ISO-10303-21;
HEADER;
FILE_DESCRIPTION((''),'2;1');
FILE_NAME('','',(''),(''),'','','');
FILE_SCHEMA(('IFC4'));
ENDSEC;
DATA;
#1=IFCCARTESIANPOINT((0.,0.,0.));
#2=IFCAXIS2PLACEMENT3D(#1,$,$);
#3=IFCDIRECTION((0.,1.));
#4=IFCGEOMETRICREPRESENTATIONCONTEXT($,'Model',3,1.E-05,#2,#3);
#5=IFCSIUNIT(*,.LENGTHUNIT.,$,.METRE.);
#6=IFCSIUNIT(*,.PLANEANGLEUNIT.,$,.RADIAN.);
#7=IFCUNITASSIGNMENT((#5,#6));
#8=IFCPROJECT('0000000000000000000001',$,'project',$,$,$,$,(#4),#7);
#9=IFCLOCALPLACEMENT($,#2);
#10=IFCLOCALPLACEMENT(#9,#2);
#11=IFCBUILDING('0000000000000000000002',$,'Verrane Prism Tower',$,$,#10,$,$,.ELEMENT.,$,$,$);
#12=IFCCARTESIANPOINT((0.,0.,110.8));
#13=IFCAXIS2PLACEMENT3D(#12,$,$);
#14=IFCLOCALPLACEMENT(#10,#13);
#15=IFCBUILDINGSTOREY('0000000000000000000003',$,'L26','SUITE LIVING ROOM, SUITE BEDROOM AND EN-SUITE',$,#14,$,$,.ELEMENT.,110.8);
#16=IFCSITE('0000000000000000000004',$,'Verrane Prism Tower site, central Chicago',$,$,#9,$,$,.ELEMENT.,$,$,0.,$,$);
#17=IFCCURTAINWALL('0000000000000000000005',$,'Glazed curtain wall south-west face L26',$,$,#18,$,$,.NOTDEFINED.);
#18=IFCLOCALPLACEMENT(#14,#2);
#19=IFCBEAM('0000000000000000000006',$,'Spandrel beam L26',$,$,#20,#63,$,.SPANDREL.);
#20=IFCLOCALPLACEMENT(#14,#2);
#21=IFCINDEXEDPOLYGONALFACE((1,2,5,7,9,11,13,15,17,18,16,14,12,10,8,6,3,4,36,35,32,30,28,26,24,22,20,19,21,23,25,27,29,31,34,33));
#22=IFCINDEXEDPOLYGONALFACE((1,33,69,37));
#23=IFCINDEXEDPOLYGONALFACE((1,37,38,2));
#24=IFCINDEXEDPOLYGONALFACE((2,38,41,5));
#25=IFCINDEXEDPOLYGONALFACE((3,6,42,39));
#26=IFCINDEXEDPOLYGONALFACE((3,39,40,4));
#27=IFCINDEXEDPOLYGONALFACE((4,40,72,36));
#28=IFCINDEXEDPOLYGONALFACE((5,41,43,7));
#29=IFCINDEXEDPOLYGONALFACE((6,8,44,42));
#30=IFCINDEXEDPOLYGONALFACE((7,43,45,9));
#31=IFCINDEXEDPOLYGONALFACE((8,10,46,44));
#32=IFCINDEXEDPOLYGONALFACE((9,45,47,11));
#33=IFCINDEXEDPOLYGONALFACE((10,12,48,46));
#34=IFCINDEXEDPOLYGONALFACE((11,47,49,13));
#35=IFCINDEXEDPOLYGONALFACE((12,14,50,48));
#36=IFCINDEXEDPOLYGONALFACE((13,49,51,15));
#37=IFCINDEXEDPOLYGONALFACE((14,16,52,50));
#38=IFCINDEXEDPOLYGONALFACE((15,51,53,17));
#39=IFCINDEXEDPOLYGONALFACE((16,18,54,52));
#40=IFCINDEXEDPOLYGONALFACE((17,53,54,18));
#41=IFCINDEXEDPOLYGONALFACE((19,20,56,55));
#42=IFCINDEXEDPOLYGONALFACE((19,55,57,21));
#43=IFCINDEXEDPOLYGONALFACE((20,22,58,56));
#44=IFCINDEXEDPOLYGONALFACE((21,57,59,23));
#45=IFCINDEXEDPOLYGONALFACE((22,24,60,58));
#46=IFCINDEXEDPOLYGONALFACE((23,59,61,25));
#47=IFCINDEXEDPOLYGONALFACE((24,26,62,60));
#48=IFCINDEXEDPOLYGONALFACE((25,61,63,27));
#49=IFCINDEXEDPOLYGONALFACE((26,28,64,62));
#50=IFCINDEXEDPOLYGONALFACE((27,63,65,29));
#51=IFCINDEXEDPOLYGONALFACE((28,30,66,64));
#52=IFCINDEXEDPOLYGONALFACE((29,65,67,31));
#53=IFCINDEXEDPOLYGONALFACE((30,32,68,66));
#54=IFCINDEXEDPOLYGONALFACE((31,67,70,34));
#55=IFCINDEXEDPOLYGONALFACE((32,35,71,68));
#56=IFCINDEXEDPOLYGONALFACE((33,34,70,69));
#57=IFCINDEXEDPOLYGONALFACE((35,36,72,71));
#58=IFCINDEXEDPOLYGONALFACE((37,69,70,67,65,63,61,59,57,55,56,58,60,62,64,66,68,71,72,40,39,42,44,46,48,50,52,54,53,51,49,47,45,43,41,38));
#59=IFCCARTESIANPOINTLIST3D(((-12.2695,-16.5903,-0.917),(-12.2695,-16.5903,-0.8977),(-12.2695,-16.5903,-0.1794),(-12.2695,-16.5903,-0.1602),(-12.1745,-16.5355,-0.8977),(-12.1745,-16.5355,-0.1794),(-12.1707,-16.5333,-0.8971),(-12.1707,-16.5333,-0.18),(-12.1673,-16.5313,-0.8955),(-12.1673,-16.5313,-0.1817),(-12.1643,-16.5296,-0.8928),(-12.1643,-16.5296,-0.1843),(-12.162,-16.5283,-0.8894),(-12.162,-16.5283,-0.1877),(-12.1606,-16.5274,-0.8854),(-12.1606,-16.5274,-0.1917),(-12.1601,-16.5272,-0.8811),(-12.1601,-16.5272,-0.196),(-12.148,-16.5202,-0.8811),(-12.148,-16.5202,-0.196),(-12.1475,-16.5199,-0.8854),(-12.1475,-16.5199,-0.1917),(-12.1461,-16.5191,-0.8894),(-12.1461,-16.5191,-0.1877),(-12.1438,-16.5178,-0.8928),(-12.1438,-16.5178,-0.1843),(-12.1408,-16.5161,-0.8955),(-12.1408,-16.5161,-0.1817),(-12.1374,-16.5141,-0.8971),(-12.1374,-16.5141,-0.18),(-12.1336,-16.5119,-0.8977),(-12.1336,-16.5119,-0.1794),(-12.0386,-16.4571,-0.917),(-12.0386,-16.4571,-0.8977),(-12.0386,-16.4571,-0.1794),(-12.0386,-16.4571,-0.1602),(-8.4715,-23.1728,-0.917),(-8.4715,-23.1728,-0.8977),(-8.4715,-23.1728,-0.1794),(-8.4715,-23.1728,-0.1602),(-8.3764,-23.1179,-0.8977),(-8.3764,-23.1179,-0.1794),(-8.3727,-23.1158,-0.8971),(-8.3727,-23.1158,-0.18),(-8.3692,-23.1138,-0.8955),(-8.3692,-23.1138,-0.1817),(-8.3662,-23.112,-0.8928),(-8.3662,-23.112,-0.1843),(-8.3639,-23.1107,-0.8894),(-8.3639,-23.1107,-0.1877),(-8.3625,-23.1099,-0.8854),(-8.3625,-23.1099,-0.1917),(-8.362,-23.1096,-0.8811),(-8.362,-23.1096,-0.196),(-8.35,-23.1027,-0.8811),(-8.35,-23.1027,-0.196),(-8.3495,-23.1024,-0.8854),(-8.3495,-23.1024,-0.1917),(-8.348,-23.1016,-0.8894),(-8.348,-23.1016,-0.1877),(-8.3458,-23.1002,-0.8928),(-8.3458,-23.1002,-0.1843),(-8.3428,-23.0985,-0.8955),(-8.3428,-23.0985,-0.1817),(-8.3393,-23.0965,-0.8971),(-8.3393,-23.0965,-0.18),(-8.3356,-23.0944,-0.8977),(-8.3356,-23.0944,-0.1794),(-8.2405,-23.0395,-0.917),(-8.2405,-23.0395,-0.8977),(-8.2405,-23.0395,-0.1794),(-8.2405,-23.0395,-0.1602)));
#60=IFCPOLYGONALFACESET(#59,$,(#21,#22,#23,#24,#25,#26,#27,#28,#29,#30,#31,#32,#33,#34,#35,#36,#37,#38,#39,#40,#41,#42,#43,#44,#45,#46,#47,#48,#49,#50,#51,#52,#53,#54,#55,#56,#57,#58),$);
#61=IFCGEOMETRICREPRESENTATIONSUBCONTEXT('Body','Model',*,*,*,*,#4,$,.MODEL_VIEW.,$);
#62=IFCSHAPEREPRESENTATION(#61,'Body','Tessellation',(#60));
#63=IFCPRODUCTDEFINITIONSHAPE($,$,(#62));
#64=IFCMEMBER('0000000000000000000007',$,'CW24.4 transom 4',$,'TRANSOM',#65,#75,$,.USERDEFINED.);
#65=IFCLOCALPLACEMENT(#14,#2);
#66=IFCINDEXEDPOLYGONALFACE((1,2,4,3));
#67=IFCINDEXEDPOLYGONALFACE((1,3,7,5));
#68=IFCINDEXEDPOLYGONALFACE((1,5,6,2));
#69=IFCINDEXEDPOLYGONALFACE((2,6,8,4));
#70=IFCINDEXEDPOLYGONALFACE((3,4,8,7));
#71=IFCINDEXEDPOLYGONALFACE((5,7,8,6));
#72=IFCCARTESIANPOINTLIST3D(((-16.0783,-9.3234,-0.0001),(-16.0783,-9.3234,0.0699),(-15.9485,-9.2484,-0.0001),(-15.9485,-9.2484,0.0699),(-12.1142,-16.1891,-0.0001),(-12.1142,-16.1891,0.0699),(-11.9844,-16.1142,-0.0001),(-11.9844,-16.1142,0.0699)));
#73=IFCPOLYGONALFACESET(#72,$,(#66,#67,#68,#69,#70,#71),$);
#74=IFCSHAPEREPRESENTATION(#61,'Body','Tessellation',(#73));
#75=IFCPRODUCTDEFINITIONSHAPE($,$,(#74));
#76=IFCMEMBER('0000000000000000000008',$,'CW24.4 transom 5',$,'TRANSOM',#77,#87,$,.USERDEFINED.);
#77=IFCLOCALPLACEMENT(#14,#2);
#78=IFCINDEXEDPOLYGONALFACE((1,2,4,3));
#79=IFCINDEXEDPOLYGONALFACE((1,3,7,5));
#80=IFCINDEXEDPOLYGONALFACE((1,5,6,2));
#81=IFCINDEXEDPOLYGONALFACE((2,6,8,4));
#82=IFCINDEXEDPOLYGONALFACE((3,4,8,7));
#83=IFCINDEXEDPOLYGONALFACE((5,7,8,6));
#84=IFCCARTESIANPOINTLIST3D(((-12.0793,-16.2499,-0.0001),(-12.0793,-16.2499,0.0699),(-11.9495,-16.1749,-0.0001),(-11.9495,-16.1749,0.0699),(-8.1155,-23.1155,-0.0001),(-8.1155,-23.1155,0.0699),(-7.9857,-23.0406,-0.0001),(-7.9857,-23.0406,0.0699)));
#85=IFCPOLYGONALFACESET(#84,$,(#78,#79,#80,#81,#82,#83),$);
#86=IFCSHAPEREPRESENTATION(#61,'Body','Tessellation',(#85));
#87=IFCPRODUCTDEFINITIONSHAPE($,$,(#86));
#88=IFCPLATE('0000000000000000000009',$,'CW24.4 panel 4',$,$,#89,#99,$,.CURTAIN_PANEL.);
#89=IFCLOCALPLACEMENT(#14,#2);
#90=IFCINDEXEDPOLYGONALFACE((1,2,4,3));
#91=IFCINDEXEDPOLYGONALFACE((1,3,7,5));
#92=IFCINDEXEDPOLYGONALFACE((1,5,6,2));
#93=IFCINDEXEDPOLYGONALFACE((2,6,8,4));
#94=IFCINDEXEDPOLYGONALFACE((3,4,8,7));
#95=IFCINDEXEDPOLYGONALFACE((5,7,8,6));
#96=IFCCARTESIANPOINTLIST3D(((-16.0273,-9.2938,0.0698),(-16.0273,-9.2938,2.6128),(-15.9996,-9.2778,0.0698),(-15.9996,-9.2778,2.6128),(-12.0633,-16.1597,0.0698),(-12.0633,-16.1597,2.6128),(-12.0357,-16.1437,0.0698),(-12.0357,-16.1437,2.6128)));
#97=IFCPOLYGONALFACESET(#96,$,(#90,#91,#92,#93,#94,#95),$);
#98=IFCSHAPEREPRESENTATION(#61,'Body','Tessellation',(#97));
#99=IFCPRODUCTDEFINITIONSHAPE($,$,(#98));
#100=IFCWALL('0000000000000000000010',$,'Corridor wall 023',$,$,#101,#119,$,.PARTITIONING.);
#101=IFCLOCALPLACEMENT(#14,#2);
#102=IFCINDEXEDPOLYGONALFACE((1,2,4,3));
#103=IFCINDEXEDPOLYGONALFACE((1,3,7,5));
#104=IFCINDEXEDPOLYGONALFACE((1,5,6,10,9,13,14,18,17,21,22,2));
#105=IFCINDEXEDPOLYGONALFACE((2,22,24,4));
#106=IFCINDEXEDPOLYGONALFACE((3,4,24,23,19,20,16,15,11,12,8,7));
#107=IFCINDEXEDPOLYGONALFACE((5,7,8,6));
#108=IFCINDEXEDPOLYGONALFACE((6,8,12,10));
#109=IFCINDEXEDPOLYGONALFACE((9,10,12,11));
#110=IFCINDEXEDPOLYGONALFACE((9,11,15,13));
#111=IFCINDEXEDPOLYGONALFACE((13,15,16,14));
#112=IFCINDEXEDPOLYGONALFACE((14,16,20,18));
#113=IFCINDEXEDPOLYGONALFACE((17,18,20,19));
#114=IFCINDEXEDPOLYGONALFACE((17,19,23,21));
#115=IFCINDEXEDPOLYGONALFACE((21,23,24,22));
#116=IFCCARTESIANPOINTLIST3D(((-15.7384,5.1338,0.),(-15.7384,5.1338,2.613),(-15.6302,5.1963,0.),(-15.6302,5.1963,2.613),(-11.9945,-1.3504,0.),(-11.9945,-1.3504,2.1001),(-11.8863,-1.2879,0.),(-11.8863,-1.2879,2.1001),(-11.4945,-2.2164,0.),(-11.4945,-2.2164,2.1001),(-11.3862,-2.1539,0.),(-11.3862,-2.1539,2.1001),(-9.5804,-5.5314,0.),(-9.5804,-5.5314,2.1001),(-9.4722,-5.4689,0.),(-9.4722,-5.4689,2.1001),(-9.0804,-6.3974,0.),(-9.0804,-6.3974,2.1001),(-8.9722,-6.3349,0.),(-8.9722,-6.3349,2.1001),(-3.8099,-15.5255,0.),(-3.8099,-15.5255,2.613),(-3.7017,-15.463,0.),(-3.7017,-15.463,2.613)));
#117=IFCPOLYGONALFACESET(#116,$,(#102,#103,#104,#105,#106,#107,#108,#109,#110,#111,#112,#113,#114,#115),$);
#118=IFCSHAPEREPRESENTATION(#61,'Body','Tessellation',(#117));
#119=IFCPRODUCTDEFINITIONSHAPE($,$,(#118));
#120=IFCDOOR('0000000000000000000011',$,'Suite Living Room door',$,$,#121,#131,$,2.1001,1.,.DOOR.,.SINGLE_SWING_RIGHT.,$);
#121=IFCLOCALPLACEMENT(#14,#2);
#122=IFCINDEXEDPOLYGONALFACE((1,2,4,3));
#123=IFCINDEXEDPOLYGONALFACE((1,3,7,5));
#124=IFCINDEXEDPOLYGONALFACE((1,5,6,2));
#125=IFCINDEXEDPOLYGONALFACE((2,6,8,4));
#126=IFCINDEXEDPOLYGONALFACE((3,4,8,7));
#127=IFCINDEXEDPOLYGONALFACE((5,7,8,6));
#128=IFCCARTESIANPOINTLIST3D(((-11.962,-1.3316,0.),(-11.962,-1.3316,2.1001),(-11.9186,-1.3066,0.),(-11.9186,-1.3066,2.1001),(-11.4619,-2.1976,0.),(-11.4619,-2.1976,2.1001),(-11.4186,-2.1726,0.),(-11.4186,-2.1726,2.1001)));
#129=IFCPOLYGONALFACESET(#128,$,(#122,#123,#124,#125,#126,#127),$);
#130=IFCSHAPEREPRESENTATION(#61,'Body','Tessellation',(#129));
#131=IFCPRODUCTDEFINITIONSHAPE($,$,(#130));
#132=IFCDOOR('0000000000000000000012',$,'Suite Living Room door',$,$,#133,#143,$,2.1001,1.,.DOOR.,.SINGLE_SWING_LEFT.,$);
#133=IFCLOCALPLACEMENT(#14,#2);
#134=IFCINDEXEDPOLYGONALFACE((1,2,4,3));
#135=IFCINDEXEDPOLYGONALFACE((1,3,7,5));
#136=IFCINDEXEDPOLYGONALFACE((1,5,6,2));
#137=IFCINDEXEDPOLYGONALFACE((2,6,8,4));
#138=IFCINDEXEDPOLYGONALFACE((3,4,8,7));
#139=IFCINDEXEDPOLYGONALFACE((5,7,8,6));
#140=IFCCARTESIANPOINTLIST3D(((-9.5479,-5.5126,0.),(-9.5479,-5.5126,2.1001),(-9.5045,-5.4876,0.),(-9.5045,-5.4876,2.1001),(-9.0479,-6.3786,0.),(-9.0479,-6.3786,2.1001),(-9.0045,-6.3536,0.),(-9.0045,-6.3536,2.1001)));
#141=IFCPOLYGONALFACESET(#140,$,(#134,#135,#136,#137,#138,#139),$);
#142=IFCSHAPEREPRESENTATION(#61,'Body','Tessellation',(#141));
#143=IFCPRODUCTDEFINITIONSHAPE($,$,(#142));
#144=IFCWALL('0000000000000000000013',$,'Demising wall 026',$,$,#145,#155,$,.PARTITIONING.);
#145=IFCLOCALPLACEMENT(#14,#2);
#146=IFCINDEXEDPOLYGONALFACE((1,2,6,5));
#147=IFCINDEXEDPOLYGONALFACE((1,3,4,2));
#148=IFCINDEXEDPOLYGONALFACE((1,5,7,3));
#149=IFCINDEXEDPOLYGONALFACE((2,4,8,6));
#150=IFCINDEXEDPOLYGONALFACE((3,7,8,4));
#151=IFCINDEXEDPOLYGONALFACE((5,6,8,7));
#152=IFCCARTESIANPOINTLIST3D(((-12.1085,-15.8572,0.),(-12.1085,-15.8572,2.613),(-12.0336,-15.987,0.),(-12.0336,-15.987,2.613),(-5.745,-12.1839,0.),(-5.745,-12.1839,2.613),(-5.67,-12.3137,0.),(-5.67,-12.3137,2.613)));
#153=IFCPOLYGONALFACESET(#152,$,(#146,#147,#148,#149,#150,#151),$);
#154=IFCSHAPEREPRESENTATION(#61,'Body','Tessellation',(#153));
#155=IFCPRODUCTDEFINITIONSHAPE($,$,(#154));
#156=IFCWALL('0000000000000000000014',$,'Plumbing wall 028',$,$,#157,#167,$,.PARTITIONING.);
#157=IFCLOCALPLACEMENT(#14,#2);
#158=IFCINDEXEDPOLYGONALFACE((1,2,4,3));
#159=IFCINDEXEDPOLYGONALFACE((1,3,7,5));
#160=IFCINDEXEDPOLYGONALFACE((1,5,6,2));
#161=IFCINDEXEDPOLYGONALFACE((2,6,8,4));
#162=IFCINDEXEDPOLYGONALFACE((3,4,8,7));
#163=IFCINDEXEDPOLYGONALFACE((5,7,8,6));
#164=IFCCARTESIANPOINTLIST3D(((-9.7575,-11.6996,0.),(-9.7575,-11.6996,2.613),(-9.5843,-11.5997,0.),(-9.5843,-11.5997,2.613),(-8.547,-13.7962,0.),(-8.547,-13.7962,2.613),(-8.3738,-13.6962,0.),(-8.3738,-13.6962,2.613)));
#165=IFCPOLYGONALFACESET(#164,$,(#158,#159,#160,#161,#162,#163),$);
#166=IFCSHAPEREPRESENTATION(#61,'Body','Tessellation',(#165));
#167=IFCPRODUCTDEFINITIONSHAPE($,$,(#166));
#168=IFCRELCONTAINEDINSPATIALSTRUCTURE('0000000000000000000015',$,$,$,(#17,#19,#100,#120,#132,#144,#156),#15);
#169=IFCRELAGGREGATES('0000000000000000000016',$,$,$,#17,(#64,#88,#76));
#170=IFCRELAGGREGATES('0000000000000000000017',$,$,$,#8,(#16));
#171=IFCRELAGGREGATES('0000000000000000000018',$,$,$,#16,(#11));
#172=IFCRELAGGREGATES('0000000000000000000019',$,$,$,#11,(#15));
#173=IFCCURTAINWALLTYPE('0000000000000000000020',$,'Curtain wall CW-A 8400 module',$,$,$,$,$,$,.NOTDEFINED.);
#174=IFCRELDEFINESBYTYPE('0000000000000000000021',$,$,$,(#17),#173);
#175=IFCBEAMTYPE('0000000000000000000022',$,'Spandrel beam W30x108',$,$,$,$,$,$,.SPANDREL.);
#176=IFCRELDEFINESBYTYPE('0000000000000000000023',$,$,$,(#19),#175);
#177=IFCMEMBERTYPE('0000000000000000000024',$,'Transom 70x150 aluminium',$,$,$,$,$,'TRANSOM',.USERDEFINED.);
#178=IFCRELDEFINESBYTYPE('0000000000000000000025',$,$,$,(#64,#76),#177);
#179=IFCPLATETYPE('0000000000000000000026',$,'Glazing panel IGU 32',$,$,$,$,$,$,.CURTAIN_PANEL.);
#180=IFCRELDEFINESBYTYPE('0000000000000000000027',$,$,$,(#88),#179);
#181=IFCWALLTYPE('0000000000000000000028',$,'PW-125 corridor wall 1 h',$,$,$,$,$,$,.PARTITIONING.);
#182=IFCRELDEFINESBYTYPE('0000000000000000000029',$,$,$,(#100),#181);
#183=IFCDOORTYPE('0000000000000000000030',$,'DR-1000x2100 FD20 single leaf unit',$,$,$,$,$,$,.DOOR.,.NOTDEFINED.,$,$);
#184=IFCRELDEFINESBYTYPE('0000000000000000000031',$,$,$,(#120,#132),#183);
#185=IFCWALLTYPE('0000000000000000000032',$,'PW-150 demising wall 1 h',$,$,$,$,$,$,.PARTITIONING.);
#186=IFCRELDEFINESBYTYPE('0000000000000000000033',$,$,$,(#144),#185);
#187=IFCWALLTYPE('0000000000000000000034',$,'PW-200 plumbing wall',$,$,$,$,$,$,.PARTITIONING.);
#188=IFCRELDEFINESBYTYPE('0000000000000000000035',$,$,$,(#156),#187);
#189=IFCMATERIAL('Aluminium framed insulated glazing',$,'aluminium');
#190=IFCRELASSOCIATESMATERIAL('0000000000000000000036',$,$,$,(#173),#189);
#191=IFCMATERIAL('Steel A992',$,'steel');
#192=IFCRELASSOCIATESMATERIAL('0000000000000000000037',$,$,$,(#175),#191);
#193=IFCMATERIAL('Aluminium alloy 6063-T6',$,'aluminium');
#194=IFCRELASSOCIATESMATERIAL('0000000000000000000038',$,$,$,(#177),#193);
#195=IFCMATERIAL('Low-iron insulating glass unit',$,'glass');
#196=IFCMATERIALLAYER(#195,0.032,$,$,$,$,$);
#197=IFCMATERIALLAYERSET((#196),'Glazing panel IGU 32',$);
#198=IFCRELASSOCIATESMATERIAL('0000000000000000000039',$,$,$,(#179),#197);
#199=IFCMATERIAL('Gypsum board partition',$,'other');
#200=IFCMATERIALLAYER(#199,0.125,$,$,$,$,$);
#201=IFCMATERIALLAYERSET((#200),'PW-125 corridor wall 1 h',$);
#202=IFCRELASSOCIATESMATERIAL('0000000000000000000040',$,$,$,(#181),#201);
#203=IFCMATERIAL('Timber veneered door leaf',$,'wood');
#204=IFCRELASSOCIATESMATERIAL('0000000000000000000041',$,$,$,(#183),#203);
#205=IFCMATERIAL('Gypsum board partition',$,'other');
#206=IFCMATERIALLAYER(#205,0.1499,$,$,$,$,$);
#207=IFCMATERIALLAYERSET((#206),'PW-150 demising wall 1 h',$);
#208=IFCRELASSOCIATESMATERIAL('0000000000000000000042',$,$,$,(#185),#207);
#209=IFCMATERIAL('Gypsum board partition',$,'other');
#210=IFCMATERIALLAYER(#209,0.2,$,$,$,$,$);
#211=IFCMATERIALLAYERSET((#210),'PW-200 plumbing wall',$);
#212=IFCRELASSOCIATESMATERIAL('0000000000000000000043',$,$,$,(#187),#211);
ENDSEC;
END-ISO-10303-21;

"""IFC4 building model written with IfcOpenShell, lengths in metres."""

from ifc_helpers import new_model, si_unit, direction, frame, frame_2d, origin, origin_2d, place, context, subcontext, project, spatial, rectangle, i_section, extrude, material, layer, layer_set, material_profile, profile_set, type_object, element, fill, aggregate, save


model = new_model("IFC4")

# Units and contexts
model_context = context("Model", 3, precision=1e-05, world=origin(), true_north=direction((0.0, 1.0)))
body_context = subcontext(model_context, "Body", "Model", "MODEL_VIEW")
ifc_project = project(units=[si_unit("LENGTHUNIT", "METRE"), si_unit("PLANEANGLEUNIT", "RADIAN")], contexts=[model_context])

# Site, building, storey
site_placement = place(None, origin())
site = spatial("IfcSite", under=ifc_project, at=site_placement, Name="Verrane Prism Tower site, central Chicago", CompositionType="ELEMENT", RefElevation=0.0)
building_placement = place(site_placement, origin())
building = spatial("IfcBuilding", under=site, at=building_placement, Name="Verrane Prism Tower", CompositionType="ELEMENT")
storey_placement = place(building_placement, frame((0.0, 0.0, 110.8)))
storey = spatial("IfcBuildingStorey", under=building, at=storey_placement, Name="L26", Description="SUITE LIVING ROOM, SUITE BEDROOM AND EN-SUITE", CompositionType="ELEMENT", Elevation=110.8)

# Curtain wall
ifc_material_1 = material(Name="Aluminium framed insulated glazing", Category="aluminium")
curtain_wall_type = type_object("IfcCurtainWallType", Name="Curtain wall CW-A 8400 module", PredefinedType="NOTDEFINED", material=ifc_material_1)
curtain_wall_placement = place(storey_placement, origin())
curtain_wall = element("IfcCurtainWall", 1, at=curtain_wall_placement, inside=storey, type_object=curtain_wall_type, Name="Glazed curtain wall south-west face L26", PredefinedType="NOTDEFINED")

# Beam
ifc_material_2 = material(Name="Steel A992", Category="steel")
ifc_material_profile_1 = material_profile(ifc_material_2, i_section(OverallWidth=0.2666, OverallDepth=0.7568, WebThickness=0.0139, FlangeThickness=0.0193, FilletRadius=0.0166, at=origin_2d()), Name="W30x108")
ifc_profile_set_1 = profile_set([ifc_material_profile_1], Name="Steel A992")
beam_type_1 = type_object("IfcBeamType", Name="Spandrel beam W30x108", PredefinedType="SPANDREL", material=ifc_profile_set_1)
for number, where, z_axis, x_axis, name in (
    (2, (-12.1541, -16.5237, -0.5386), (0.499771, -0.866158, 0.0), (0.866158, 0.499771, 0.0), "Spandrel beam L26"),
):
    element("IfcBeam", number, at=place(storey_placement, frame(where, z_axis=z_axis, x_axis=x_axis)), inside=storey, type_object=beam_type_1, Name=name, PredefinedType="SPANDREL", context=body_context, shape_type="SweptSolid", body=[
        extrude(i_section(OverallWidth=0.2666, OverallDepth=0.7568, WebThickness=0.0139, FlangeThickness=0.0193, FilletRadius=0.0166, at=origin_2d()), origin(), (0.0, 0.0, 1.0), 7.5996),
    ])

# Members
ifc_material_3 = material(Name="Aluminium alloy 6063-T6", Category="aluminium")
ifc_material_profile_2 = material_profile(ifc_material_3, rectangle(XDim=0.1499, YDim=0.0701, at=origin_2d()), Name="Transom 70x150 aluminium")
ifc_profile_set_2 = profile_set([ifc_material_profile_2], Name="Aluminium alloy 6063-T6")
member_type_1 = type_object("IfcMemberType", Name="Transom 70x150 aluminium", ElementType="TRANSOM", PredefinedType="USERDEFINED", material=ifc_profile_set_2)
member_1_placement = place(storey_placement, frame((-16.0134, -9.2859, 0.0349), z_axis=(0.500017, -0.866015, 0.0), x_axis=(0.866015, 0.500017, 0.0)))
member_1 = element("IfcMember", 3, at=member_1_placement, type_object=member_type_1, Name="CW24.4 transom 4", ObjectType="TRANSOM", PredefinedType="USERDEFINED", context=body_context, shape_type="SweptSolid", body=[
    extrude(rectangle(XDim=0.1499, YDim=0.0701, at=origin_2d()), origin(), (0.0, 0.0, 1.0), 7.928),
])
member_2_placement = place(storey_placement, frame((-12.0144, -16.2124, 0.0349), z_axis=(0.499994, -0.866029, 0.0), x_axis=(0.866029, 0.499994, 0.0)))
member_2 = element("IfcMember", 4, at=member_2_placement, type_object=member_type_1, Name="CW24.4 transom 5", ObjectType="TRANSOM", PredefinedType="USERDEFINED", context=body_context, shape_type="SweptSolid", body=[
    extrude(rectangle(XDim=0.1499, YDim=0.0701, at=origin_2d()), origin(), (0.0, 0.0, 1.0), 7.9277),
])

# Plate
ifc_material_4 = material(Name="Low-iron insulating glass unit", Category="glass")
ifc_layer_1 = layer(ifc_material_4, 0.032)
ifc_layer_set_1 = layer_set([ifc_layer_1], Name="Glazing panel IGU 32")
plate_type = type_object("IfcPlateType", Name="Glazing panel IGU 32", PredefinedType="CURTAIN_PANEL", material=ifc_layer_set_1)
plate_placement = place(storey_placement, frame((-14.0315, -12.7188, 0.0698), z_axis=(0.0, 0.0, 1.0), x_axis=(0.5, -0.866025, 0.0)))
plate = element("IfcPlate", 5, at=plate_placement, type_object=plate_type, Name="CW24.4 panel 4", PredefinedType="CURTAIN_PANEL", context=body_context, shape_type="SweptSolid", body=[
    extrude(rectangle(XDim=7.928, YDim=0.032, at=origin_2d()), origin(), (0.0, 0.0, 1.0), 2.543),
])
aggregate(curtain_wall, [member_1, plate, member_2])

# Wall, openings, doors
ifc_material_5 = material(Name="Gypsum board partition", Category="other")
ifc_layer_2 = layer(ifc_material_5, 0.125)
ifc_layer_set_2 = layer_set([ifc_layer_2], Name="PW-125 corridor wall 1 h")
wall_type_1 = type_object("IfcWallType", Name="PW-125 corridor wall 1 h", PredefinedType="PARTITIONING", material=ifc_layer_set_2)
wall_1_placement = place(storey_placement, frame((-3.7559, -15.4941, 0.0), z_axis=(0.0, 0.0, 1.0), x_axis=(-0.500028, 0.866009, 0.0)))
wall_1 = element("IfcWall", 6, at=wall_1_placement, inside=storey, type_object=wall_type_1, Name="Corridor wall 023", PredefinedType="PARTITIONING", context=body_context, shape_type="SweptSolid", body=[
    extrude(rectangle(XDim=23.8557, YDim=0.125, at=frame_2d((11.9277, 0.0))), origin(), (0.0, 0.0, 1.0), 2.613),
])
opening_1_placement = place(wall_1_placement, frame((15.3682, 0.0, 0.0)))
opening_1 = element("IfcOpeningElement", 7, at=opening_1_placement, cuts=wall_1, PredefinedType="OPENING", context=body_context, shape_type="SweptSolid", body=[
    extrude(rectangle(XDim=1.0, YDim=2.1001, at=frame_2d((0.5, 1.05))), frame((0.0, 0.0725, 0.0), z_axis=(0.0, -1.0, 0.0), x_axis=(1.0, 0.0, 0.0)), (0.0, 0.0, 1.0), 0.145),
])
opening_2_placement = place(wall_1_placement, frame((10.5403, 0.0, 0.0)))
opening_2 = element("IfcOpeningElement", 8, at=opening_2_placement, cuts=wall_1, PredefinedType="OPENING", context=body_context, shape_type="SweptSolid", body=[
    extrude(rectangle(XDim=1.0, YDim=2.1001, at=frame_2d((0.5, 1.05))), frame((0.0, 0.0725, 0.0), z_axis=(0.0, -1.0, 0.0), x_axis=(1.0, 0.0, 0.0)), (0.0, 0.0, 1.0), 0.145),
])
ifc_material_6 = material(Name="Timber veneered door leaf", Category="wood")
door_type_1 = type_object("IfcDoorType", Name="DR-1000x2100 FD20 single leaf unit", OperationType="NOTDEFINED", PredefinedType="DOOR", material=ifc_material_6)
door_1_placement = place(opening_1_placement, origin())
door_1 = element("IfcDoor", 9, at=door_1_placement, inside=storey, type_object=door_type_1, Name="Suite Living Room door", OperationType="SINGLE_SWING_RIGHT", OverallHeight=2.1001, OverallWidth=1.0, PredefinedType="DOOR", context=body_context, shape_type="SweptSolid", body=[
    extrude(rectangle(XDim=1.0, YDim=2.1001, at=frame_2d((0.5, 1.05))), frame((0.0, 0.0249, 0.0), z_axis=(0.0, -1.0, 0.0), x_axis=(1.0, 0.0, 0.0)), (0.0, 0.0, 1.0), 0.05),
])
fill(opening_1, door_1)
door_2_placement = place(opening_2_placement, origin())
door_2 = element("IfcDoor", 10, at=door_2_placement, inside=storey, type_object=door_type_1, Name="Suite Living Room door", OperationType="SINGLE_SWING_LEFT", OverallHeight=2.1001, OverallWidth=1.0, PredefinedType="DOOR", context=body_context, shape_type="SweptSolid", body=[
    extrude(rectangle(XDim=1.0, YDim=2.1001, at=frame_2d((0.5, 1.05))), frame((0.0, 0.0249, 0.0), z_axis=(0.0, -1.0, 0.0), x_axis=(1.0, 0.0, 0.0)), (0.0, 0.0, 1.0), 0.05),
])
fill(opening_2, door_2)

# Walls
ifc_material_7 = material(Name="Gypsum board partition", Category="other")
ifc_layer_3 = layer(ifc_material_7, 0.1499)
ifc_layer_set_3 = layer_set([ifc_layer_3], Name="PW-150 demising wall 1 h")
wall_type_2 = type_object("IfcWallType", Name="PW-150 demising wall 1 h", PredefinedType="PARTITIONING", material=ifc_layer_set_3)
wall_2_placement = place(storey_placement, frame((-12.071, -15.9221, 0.0), z_axis=(0.0, 0.0, 1.0), x_axis=(0.866063, 0.499934, 0.0)))
element("IfcWall", 11, at=wall_2_placement, inside=storey, type_object=wall_type_2, Name="Demising wall 026", PredefinedType="PARTITIONING", context=body_context, shape_type="SweptSolid", body=[
    extrude(rectangle(XDim=7.3477, YDim=0.1499, at=frame_2d((3.6738, 0.0))), origin(), (0.0, 0.0, 1.0), 2.613),
])
ifc_material_8 = material(Name="Gypsum board partition", Category="other")
ifc_layer_4 = layer(ifc_material_8, 0.2)
ifc_layer_set_4 = layer_set([ifc_layer_4], Name="PW-200 plumbing wall")
wall_type_3 = type_object("IfcWallType", Name="PW-200 plumbing wall", PredefinedType="PARTITIONING", material=ifc_layer_set_4)
wall_3_placement = place(storey_placement, frame((-9.6709, -11.6497, 0.0), z_axis=(0.0, 0.0, 1.0), x_axis=(0.500022, -0.866013, 0.0)))
element("IfcWall", 12, at=wall_3_placement, inside=storey, type_object=wall_type_3, Name="Plumbing wall 028", PredefinedType="PARTITIONING", context=body_context, shape_type="SweptSolid", body=[
    extrude(rectangle(XDim=2.4209, YDim=0.2, at=frame_2d((1.2104, 0.0))), origin(), (0.0, 0.0, 1.0), 2.613),
])

save(model, "model.ifc")
